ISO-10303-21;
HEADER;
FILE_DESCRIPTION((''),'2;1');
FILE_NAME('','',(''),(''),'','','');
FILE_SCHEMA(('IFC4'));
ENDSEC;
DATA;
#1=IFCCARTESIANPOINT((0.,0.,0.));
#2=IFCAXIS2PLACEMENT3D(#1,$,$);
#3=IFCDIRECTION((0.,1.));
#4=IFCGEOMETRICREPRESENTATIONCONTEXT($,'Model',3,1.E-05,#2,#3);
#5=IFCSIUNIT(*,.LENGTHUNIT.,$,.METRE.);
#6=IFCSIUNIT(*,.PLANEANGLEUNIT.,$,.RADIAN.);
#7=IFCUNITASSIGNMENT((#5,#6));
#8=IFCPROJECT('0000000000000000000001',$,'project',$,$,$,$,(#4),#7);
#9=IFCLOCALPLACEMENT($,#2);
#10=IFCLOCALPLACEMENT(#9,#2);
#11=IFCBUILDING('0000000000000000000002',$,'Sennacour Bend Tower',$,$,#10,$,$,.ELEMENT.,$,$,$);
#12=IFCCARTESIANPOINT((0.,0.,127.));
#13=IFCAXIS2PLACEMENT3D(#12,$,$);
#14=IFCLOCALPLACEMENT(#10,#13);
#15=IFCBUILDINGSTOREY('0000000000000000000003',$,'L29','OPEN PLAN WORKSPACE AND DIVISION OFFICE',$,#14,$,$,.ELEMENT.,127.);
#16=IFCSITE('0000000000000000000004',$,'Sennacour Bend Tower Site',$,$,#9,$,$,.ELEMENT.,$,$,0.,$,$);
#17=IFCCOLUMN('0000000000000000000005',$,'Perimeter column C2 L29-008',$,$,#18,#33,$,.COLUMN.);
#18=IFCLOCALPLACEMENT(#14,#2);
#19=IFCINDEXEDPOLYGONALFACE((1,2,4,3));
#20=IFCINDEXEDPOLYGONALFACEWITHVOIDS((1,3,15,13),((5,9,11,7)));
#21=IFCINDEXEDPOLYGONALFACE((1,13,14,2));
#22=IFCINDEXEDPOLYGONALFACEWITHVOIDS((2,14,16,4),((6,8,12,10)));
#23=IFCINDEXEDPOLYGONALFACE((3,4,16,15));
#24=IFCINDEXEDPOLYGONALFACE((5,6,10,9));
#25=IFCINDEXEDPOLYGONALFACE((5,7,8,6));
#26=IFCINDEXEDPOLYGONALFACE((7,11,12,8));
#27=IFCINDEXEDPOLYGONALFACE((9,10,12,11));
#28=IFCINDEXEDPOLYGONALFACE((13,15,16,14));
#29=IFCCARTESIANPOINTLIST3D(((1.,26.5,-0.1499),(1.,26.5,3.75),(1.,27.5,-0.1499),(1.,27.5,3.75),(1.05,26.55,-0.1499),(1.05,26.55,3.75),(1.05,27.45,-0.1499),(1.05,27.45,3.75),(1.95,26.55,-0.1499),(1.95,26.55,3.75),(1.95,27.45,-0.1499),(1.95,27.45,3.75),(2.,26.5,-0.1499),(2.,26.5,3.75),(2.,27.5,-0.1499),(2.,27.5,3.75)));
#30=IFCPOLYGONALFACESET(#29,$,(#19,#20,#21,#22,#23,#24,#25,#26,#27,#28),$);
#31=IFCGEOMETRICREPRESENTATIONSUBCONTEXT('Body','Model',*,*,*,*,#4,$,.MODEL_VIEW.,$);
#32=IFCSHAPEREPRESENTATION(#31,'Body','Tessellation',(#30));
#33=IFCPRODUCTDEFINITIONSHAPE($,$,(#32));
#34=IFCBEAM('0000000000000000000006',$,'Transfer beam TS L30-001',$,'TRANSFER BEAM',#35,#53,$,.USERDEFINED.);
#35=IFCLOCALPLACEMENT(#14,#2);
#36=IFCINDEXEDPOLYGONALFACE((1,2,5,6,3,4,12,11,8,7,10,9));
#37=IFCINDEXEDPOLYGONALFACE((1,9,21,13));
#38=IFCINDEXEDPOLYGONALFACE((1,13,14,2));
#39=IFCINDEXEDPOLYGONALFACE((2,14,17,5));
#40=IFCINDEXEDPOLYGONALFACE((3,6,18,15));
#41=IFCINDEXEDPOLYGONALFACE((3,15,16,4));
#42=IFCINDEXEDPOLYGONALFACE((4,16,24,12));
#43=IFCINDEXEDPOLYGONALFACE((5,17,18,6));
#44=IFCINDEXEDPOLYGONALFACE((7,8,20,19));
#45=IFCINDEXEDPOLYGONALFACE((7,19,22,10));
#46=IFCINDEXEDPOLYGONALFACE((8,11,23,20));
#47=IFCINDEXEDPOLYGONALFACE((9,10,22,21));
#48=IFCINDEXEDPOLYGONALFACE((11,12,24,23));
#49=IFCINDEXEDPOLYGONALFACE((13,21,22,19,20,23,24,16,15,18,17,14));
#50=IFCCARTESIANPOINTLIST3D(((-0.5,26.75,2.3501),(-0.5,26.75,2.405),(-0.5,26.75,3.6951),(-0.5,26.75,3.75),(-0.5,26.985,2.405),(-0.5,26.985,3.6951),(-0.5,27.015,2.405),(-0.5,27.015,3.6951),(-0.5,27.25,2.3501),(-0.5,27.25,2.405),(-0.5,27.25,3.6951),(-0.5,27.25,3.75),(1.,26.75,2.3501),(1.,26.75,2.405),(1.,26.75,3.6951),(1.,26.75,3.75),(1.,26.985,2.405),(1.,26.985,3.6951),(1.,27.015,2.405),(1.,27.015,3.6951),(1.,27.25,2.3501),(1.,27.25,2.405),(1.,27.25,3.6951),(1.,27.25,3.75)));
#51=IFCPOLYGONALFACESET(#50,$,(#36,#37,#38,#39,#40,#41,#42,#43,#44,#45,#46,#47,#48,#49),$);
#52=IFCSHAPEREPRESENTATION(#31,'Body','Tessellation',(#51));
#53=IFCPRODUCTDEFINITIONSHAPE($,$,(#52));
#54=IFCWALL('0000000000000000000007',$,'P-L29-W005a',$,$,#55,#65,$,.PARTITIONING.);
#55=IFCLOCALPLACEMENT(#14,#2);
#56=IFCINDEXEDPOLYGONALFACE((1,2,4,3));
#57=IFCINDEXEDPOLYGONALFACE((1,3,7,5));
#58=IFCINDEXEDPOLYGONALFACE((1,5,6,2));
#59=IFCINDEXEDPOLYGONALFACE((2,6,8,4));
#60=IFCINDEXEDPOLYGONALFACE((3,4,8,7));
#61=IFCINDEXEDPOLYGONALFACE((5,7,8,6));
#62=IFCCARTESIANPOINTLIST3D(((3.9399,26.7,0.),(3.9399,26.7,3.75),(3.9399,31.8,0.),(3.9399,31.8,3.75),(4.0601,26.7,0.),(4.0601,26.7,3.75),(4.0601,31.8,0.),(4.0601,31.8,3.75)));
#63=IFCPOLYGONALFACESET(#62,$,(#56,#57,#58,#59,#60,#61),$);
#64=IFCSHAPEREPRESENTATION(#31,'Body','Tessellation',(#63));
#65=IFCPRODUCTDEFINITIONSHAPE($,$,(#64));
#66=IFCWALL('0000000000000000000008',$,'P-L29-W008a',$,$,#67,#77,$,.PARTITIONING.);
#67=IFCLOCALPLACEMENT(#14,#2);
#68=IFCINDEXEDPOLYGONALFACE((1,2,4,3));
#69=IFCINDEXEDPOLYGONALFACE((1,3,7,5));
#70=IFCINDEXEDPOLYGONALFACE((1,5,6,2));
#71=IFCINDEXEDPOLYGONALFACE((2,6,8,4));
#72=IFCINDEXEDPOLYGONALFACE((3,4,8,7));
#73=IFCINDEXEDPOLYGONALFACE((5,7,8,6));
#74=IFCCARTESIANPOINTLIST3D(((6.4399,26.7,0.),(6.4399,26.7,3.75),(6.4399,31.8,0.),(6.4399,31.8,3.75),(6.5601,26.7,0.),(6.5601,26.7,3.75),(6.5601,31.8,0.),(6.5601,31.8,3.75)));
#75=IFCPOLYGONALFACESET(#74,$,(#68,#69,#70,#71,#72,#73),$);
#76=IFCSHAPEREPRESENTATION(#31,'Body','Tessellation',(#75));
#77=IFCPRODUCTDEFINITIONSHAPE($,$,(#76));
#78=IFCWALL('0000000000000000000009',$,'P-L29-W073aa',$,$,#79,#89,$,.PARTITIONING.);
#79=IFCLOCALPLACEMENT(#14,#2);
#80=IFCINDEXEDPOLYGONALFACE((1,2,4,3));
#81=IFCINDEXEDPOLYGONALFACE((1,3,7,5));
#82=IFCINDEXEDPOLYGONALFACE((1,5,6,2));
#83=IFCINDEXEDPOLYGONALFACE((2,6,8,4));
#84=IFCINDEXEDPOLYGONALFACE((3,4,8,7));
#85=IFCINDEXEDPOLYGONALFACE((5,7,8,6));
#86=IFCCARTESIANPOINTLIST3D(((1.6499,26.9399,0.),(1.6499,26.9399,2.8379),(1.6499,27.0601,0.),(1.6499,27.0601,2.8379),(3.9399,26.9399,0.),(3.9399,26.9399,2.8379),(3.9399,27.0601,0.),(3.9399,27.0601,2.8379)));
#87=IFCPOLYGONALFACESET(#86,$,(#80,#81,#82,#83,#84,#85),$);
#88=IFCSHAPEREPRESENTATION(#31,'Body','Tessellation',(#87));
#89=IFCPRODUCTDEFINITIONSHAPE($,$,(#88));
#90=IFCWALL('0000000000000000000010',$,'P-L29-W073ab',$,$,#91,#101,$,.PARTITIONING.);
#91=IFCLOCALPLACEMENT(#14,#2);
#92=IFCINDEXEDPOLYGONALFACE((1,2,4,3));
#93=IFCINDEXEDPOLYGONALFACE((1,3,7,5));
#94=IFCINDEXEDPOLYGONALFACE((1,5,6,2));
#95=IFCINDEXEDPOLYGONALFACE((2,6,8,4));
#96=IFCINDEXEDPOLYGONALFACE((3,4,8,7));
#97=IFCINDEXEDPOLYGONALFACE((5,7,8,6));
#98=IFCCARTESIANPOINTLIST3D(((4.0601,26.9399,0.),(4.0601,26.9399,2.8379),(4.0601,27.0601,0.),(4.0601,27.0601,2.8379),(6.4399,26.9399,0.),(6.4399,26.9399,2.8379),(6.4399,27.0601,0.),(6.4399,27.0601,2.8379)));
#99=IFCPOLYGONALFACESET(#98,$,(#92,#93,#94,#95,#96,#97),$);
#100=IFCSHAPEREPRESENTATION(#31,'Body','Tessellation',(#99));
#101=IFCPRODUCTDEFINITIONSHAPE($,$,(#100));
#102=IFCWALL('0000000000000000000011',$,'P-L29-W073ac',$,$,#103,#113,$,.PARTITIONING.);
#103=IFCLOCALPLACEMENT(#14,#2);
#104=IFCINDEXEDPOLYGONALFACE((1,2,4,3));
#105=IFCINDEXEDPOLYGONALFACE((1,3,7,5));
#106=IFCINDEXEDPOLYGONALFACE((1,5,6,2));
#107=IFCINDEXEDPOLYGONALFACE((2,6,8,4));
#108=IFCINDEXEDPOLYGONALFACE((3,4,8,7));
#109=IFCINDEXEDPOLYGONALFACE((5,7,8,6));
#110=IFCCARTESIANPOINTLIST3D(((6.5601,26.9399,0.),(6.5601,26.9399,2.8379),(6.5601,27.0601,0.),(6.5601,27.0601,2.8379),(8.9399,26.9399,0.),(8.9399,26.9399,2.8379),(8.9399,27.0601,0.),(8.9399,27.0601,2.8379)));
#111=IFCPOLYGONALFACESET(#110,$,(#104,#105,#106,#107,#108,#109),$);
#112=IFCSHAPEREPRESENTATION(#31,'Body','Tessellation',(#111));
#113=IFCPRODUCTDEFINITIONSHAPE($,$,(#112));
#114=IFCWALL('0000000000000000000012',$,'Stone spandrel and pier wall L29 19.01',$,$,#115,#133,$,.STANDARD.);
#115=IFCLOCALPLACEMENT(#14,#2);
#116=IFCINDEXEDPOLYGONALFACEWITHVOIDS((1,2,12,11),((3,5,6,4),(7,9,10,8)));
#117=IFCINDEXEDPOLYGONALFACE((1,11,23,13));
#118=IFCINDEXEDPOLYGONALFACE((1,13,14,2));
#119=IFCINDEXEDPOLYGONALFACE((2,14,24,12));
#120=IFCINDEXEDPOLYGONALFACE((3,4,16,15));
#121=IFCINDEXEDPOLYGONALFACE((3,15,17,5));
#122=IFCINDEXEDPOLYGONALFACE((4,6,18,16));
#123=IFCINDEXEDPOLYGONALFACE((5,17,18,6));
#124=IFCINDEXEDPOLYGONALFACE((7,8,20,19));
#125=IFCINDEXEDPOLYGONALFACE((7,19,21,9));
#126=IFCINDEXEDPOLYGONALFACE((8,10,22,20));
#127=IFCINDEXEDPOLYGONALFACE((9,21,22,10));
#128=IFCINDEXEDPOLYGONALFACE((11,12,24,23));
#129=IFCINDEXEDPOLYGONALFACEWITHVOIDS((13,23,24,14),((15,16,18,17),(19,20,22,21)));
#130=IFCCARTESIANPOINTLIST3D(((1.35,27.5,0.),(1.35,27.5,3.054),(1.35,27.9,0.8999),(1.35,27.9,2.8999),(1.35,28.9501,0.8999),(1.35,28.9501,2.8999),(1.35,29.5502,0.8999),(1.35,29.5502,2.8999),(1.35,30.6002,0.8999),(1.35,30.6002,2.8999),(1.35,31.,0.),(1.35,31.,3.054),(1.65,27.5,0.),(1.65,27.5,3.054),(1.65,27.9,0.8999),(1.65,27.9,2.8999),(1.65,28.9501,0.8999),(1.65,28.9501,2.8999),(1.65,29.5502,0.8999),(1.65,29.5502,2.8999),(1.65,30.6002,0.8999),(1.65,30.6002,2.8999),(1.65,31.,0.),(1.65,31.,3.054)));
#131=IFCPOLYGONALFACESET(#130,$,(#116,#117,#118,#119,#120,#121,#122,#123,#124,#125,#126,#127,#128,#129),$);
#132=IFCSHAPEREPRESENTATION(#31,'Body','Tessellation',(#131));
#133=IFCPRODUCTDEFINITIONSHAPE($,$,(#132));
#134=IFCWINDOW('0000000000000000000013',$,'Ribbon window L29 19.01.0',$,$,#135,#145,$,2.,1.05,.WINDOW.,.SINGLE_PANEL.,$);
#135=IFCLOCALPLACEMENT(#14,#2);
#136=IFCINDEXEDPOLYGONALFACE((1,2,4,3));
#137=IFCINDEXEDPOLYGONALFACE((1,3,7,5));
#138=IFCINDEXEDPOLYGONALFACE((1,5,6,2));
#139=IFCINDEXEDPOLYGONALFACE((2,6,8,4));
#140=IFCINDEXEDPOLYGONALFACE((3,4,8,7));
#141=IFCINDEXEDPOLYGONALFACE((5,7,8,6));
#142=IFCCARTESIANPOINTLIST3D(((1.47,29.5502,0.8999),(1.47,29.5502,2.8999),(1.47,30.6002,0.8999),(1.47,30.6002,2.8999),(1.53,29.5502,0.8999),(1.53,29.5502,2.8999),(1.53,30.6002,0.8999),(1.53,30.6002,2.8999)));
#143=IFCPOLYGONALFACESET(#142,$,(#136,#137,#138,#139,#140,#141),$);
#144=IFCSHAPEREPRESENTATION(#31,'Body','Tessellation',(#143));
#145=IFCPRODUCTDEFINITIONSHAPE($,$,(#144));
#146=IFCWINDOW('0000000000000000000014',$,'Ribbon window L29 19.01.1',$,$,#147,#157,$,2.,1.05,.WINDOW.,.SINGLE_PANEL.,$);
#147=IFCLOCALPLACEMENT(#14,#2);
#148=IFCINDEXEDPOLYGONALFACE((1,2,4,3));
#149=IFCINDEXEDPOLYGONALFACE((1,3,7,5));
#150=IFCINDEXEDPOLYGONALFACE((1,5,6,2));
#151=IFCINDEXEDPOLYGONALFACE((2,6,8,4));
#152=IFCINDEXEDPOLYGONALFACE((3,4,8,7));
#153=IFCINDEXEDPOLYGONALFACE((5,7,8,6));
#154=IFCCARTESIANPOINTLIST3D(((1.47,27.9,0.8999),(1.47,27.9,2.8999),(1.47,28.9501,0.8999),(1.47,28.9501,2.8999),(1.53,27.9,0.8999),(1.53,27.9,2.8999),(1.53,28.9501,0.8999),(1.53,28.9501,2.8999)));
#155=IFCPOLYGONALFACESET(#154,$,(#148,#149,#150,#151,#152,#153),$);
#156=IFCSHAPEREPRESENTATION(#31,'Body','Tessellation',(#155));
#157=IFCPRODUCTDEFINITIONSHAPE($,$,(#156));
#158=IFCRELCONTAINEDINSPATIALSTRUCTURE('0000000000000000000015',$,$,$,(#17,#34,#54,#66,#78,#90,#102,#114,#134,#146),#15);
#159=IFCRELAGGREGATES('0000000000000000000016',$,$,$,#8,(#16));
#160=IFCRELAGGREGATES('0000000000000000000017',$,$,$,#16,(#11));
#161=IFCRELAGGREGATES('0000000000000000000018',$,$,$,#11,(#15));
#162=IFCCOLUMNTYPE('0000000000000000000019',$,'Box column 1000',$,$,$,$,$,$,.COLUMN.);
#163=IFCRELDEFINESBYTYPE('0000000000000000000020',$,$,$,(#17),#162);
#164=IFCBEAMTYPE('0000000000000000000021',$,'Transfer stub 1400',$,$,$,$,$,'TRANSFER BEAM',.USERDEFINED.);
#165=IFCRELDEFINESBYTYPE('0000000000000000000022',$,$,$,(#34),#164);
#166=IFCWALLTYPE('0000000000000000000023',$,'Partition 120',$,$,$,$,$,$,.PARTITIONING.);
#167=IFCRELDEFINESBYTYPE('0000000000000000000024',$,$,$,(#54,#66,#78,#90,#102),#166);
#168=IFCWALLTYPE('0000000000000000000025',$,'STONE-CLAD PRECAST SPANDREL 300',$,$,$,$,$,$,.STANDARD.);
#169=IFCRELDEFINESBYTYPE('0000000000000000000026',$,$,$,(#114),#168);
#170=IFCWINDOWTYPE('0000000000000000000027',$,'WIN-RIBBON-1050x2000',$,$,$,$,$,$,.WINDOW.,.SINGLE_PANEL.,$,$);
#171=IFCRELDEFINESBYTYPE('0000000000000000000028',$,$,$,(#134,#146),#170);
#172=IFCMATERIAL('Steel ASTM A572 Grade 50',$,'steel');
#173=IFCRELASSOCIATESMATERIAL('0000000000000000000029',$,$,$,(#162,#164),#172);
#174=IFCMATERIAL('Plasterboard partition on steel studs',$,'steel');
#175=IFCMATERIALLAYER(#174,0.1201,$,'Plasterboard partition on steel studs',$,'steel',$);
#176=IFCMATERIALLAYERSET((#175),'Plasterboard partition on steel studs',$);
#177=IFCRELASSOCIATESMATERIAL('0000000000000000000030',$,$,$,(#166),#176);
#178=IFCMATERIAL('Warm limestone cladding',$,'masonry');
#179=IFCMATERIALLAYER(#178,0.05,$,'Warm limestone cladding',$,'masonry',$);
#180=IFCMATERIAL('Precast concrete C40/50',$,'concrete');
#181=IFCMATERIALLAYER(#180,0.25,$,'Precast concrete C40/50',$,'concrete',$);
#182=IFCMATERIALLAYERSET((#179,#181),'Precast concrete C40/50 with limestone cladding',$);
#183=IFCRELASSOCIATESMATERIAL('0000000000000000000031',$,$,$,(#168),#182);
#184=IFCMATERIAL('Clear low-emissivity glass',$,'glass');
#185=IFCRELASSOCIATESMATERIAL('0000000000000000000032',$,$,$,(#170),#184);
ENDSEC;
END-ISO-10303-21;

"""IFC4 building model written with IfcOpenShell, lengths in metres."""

from ifc_helpers import new_model, si_unit, direction, frame, frame_2d, origin, origin_2d, place, context, subcontext, project, spatial, rectangle, hollow_rectangle, i_section, extrude, material, layer, layer_set, material_profile, profile_set, type_object, element, fill, save


model = new_model("IFC4")

# Units and contexts
model_context = context("Model", 3, precision=1e-05, world=origin(), true_north=direction((0.0, 1.0)))
body_context = subcontext(model_context, "Body", "Model", "MODEL_VIEW")
ifc_project = project(units=[si_unit("LENGTHUNIT", "METRE"), si_unit("PLANEANGLEUNIT", "RADIAN")], contexts=[model_context])

# Site, building, storey
site_placement = place(None, origin())
site = spatial("IfcSite", under=ifc_project, at=site_placement, Name="Sennacour Bend Tower Site", CompositionType="ELEMENT", RefElevation=0.0)
building_placement = place(site_placement, origin())
building = spatial("IfcBuilding", under=site, at=building_placement, Name="Sennacour Bend Tower", CompositionType="ELEMENT")
storey_placement = place(building_placement, frame((0.0, 0.0, 127.0)))
storey = spatial("IfcBuildingStorey", under=building, at=storey_placement, Name="L29", Description="OPEN PLAN WORKSPACE AND DIVISION OFFICE", CompositionType="ELEMENT", Elevation=127.0)

# Column
ifc_material_1 = material(Name="Steel ASTM A572 Grade 50", Category="steel")
ifc_material_profile_1 = material_profile(ifc_material_1, hollow_rectangle(XDim=1.0, YDim=1.0, WallThickness=0.05, at=origin_2d()), Name="Steel ASTM A572 Grade 50", Category="steel")
ifc_profile_set_1 = profile_set([ifc_material_profile_1], Name="Steel ASTM A572 Grade 50")
column_type = type_object("IfcColumnType", Name="Box column 1000", PredefinedType="COLUMN", material=ifc_profile_set_1)
column_placement = place(storey_placement, frame((1.5, 27.0, -0.1499), z_axis=(0.0, 0.0, 1.0), x_axis=(1.0, 0.0, 0.0)))
element("IfcColumn", 1, at=column_placement, inside=storey, type_object=column_type, Name="Perimeter column C2 L29-008", PredefinedType="COLUMN", context=body_context, shape_type="SweptSolid", body=[
    extrude(hollow_rectangle(XDim=1.0, YDim=1.0, WallThickness=0.05, at=origin_2d()), origin(), (0.0, 0.0, 1.0), 3.8999),
])

# Beam
ifc_material_profile_2 = material_profile(ifc_material_1, i_section(OverallWidth=0.5, OverallDepth=1.3999, WebThickness=0.03, FlangeThickness=0.0549, at=origin_2d()), Name="Steel ASTM A572 Grade 50", Category="steel")
ifc_profile_set_2 = profile_set([ifc_material_profile_2], Name="Steel ASTM A572 Grade 50")
beam_type = type_object("IfcBeamType", Name="Transfer stub 1400", ElementType="TRANSFER BEAM", PredefinedType="USERDEFINED", material=ifc_profile_set_2)
beam_placement = place(storey_placement, frame((1.0, 27.0, 3.05), z_axis=(-1.0, 0.0, 0.0), x_axis=(0.0, -1.0, 0.0)))
element("IfcBeam", 2, at=beam_placement, inside=storey, type_object=beam_type, Name="Transfer beam TS L30-001", ObjectType="TRANSFER BEAM", PredefinedType="USERDEFINED", context=body_context, shape_type="SweptSolid", body=[
    extrude(i_section(OverallWidth=0.5, OverallDepth=1.3999, WebThickness=0.03, FlangeThickness=0.0549, at=origin_2d()), origin(), (0.0, 0.0, 1.0), 1.5),
])

# Walls
ifc_material_2 = material(Name="Plasterboard partition on steel studs", Category="steel")
ifc_layer_1 = layer(ifc_material_2, 0.1201, Name="Plasterboard partition on steel studs", Category="steel")
ifc_layer_set_1 = layer_set([ifc_layer_1], Name="Plasterboard partition on steel studs")
wall_type_1 = type_object("IfcWallType", Name="Partition 120", PredefinedType="PARTITIONING", material=ifc_layer_set_1)
for number, where, z_axis, x_axis, name in (
    (3, (4.0, 26.7, 0.0), (0.0, 0.0, 1.0), (0.0, 1.0, 0.0), "P-L29-W005a"),
    (4, (6.5, 26.7, 0.0), (0.0, 0.0, 1.0), (0.0, 1.0, 0.0), "P-L29-W008a"),
):
    element("IfcWall", number, at=place(storey_placement, frame(where, z_axis=z_axis, x_axis=x_axis)), inside=storey, type_object=wall_type_1, Name=name, PredefinedType="PARTITIONING", context=body_context, shape_type="SweptSolid", body=[
        extrude(rectangle(XDim=5.1001, YDim=0.1201, at=frame_2d((2.55, 0.0))), origin(), (0.0, 0.0, 1.0), 3.75),
    ])
wall_1_placement = place(storey_placement, frame((1.6499, 27.0, 0.0), z_axis=(0.0, 0.0, 1.0), x_axis=(1.0, 0.0, 0.0)))
element("IfcWall", 5, at=wall_1_placement, inside=storey, type_object=wall_type_1, Name="P-L29-W073aa", PredefinedType="PARTITIONING", context=body_context, shape_type="SweptSolid", body=[
    extrude(rectangle(XDim=2.29, YDim=0.1201, at=frame_2d((1.145, 0.0))), origin(), (0.0, 0.0, 1.0), 2.8379),
])
for number, where, z_axis, x_axis, name in (
    (6, (4.0601, 27.0, 0.0), (0.0, 0.0, 1.0), (1.0, 0.0, 0.0), "P-L29-W073ab"),
    (7, (6.5601, 27.0, 0.0), (0.0, 0.0, 1.0), (1.0, 0.0, 0.0), "P-L29-W073ac"),
):
    element("IfcWall", number, at=place(storey_placement, frame(where, z_axis=z_axis, x_axis=x_axis)), inside=storey, type_object=wall_type_1, Name=name, PredefinedType="PARTITIONING", context=body_context, shape_type="SweptSolid", body=[
        extrude(rectangle(XDim=2.3799, YDim=0.1201, at=frame_2d((1.1899, 0.0))), origin(), (0.0, 0.0, 1.0), 2.8379),
    ])

# Wall, openings, windows
ifc_material_3 = material(Name="Warm limestone cladding", Category="masonry")
ifc_layer_2 = layer(ifc_material_3, 0.05, Name="Warm limestone cladding", Category="masonry")
ifc_material_4 = material(Name="Precast concrete C40/50", Category="concrete")
ifc_layer_3 = layer(ifc_material_4, 0.25, Name="Precast concrete C40/50", Category="concrete")
ifc_layer_set_2 = layer_set([ifc_layer_2, ifc_layer_3], Name="Precast concrete C40/50 with limestone cladding")
wall_type_2 = type_object("IfcWallType", Name="STONE-CLAD PRECAST SPANDREL 300", PredefinedType="STANDARD", material=ifc_layer_set_2)
wall_2_placement = place(storey_placement, frame((1.5, 31.0, 0.0), z_axis=(0.0, 0.0, 1.0), x_axis=(0.0, -1.0, 0.0)))
wall_2 = element("IfcWall", 8, at=wall_2_placement, inside=storey, type_object=wall_type_2, Name="Stone spandrel and pier wall L29 19.01", PredefinedType="STANDARD", context=body_context, shape_type="SweptSolid", body=[
    extrude(rectangle(XDim=3.5, YDim=0.3, at=frame_2d((1.75, 0.0))), origin(), (0.0, 0.0, 1.0), 3.054),
])
opening_1_placement = place(wall_2_placement, frame((0.3999, 0.0, 0.8999)))
opening_1 = element("IfcOpeningElement", 9, at=opening_1_placement, cuts=wall_2, PredefinedType="OPENING", context=body_context, shape_type="SweptSolid", body=[
    extrude(rectangle(XDim=1.05, YDim=2.0, at=frame_2d((0.5249, 1.0))), frame((0.0, 0.1602, 0.0), z_axis=(0.0, -1.0, 0.0), x_axis=(1.0, 0.0, 0.0)), (0.0, 0.0, 1.0), 0.3201),
])
opening_2_placement = place(wall_2_placement, frame((2.05, 0.0, 0.8999)))
opening_2 = element("IfcOpeningElement", 10, at=opening_2_placement, cuts=wall_2, PredefinedType="OPENING", context=body_context, shape_type="SweptSolid", body=[
    extrude(rectangle(XDim=1.05, YDim=2.0, at=frame_2d((0.5249, 1.0))), frame((0.0, 0.1602, 0.0), z_axis=(0.0, -1.0, 0.0), x_axis=(1.0, 0.0, 0.0)), (0.0, 0.0, 1.0), 0.3201),
])
ifc_material_5 = material(Name="Clear low-emissivity glass", Category="glass")
window_type = type_object("IfcWindowType", Name="WIN-RIBBON-1050x2000", PartitioningType="SINGLE_PANEL", PredefinedType="WINDOW", material=ifc_material_5)
window_1_placement = place(opening_1_placement, origin())
window_1 = element("IfcWindow", 11, at=window_1_placement, inside=storey, type_object=window_type, Name="Ribbon window L29 19.01.0", OverallHeight=2.0, OverallWidth=1.05, PartitioningType="SINGLE_PANEL", PredefinedType="WINDOW", context=body_context, shape_type="SweptSolid", body=[
    extrude(rectangle(XDim=1.05, YDim=2.0, at=frame_2d((0.5249, 1.0))), frame((0.0, 0.03, 0.0), z_axis=(0.0, -1.0, 0.0), x_axis=(1.0, 0.0, 0.0)), (0.0, 0.0, 1.0), 0.0601),
])
fill(opening_1, window_1)
window_2_placement = place(opening_2_placement, origin())
window_2 = element("IfcWindow", 12, at=window_2_placement, inside=storey, type_object=window_type, Name="Ribbon window L29 19.01.1", OverallHeight=2.0, OverallWidth=1.05, PartitioningType="SINGLE_PANEL", PredefinedType="WINDOW", context=body_context, shape_type="SweptSolid", body=[
    extrude(rectangle(XDim=1.05, YDim=2.0, at=frame_2d((0.5249, 1.0))), frame((0.0, 0.03, 0.0), z_axis=(0.0, -1.0, 0.0), x_axis=(1.0, 0.0, 0.0)), (0.0, 0.0, 1.0), 0.0601),
])
fill(opening_2, window_2)

save(model, "model.ifc")
